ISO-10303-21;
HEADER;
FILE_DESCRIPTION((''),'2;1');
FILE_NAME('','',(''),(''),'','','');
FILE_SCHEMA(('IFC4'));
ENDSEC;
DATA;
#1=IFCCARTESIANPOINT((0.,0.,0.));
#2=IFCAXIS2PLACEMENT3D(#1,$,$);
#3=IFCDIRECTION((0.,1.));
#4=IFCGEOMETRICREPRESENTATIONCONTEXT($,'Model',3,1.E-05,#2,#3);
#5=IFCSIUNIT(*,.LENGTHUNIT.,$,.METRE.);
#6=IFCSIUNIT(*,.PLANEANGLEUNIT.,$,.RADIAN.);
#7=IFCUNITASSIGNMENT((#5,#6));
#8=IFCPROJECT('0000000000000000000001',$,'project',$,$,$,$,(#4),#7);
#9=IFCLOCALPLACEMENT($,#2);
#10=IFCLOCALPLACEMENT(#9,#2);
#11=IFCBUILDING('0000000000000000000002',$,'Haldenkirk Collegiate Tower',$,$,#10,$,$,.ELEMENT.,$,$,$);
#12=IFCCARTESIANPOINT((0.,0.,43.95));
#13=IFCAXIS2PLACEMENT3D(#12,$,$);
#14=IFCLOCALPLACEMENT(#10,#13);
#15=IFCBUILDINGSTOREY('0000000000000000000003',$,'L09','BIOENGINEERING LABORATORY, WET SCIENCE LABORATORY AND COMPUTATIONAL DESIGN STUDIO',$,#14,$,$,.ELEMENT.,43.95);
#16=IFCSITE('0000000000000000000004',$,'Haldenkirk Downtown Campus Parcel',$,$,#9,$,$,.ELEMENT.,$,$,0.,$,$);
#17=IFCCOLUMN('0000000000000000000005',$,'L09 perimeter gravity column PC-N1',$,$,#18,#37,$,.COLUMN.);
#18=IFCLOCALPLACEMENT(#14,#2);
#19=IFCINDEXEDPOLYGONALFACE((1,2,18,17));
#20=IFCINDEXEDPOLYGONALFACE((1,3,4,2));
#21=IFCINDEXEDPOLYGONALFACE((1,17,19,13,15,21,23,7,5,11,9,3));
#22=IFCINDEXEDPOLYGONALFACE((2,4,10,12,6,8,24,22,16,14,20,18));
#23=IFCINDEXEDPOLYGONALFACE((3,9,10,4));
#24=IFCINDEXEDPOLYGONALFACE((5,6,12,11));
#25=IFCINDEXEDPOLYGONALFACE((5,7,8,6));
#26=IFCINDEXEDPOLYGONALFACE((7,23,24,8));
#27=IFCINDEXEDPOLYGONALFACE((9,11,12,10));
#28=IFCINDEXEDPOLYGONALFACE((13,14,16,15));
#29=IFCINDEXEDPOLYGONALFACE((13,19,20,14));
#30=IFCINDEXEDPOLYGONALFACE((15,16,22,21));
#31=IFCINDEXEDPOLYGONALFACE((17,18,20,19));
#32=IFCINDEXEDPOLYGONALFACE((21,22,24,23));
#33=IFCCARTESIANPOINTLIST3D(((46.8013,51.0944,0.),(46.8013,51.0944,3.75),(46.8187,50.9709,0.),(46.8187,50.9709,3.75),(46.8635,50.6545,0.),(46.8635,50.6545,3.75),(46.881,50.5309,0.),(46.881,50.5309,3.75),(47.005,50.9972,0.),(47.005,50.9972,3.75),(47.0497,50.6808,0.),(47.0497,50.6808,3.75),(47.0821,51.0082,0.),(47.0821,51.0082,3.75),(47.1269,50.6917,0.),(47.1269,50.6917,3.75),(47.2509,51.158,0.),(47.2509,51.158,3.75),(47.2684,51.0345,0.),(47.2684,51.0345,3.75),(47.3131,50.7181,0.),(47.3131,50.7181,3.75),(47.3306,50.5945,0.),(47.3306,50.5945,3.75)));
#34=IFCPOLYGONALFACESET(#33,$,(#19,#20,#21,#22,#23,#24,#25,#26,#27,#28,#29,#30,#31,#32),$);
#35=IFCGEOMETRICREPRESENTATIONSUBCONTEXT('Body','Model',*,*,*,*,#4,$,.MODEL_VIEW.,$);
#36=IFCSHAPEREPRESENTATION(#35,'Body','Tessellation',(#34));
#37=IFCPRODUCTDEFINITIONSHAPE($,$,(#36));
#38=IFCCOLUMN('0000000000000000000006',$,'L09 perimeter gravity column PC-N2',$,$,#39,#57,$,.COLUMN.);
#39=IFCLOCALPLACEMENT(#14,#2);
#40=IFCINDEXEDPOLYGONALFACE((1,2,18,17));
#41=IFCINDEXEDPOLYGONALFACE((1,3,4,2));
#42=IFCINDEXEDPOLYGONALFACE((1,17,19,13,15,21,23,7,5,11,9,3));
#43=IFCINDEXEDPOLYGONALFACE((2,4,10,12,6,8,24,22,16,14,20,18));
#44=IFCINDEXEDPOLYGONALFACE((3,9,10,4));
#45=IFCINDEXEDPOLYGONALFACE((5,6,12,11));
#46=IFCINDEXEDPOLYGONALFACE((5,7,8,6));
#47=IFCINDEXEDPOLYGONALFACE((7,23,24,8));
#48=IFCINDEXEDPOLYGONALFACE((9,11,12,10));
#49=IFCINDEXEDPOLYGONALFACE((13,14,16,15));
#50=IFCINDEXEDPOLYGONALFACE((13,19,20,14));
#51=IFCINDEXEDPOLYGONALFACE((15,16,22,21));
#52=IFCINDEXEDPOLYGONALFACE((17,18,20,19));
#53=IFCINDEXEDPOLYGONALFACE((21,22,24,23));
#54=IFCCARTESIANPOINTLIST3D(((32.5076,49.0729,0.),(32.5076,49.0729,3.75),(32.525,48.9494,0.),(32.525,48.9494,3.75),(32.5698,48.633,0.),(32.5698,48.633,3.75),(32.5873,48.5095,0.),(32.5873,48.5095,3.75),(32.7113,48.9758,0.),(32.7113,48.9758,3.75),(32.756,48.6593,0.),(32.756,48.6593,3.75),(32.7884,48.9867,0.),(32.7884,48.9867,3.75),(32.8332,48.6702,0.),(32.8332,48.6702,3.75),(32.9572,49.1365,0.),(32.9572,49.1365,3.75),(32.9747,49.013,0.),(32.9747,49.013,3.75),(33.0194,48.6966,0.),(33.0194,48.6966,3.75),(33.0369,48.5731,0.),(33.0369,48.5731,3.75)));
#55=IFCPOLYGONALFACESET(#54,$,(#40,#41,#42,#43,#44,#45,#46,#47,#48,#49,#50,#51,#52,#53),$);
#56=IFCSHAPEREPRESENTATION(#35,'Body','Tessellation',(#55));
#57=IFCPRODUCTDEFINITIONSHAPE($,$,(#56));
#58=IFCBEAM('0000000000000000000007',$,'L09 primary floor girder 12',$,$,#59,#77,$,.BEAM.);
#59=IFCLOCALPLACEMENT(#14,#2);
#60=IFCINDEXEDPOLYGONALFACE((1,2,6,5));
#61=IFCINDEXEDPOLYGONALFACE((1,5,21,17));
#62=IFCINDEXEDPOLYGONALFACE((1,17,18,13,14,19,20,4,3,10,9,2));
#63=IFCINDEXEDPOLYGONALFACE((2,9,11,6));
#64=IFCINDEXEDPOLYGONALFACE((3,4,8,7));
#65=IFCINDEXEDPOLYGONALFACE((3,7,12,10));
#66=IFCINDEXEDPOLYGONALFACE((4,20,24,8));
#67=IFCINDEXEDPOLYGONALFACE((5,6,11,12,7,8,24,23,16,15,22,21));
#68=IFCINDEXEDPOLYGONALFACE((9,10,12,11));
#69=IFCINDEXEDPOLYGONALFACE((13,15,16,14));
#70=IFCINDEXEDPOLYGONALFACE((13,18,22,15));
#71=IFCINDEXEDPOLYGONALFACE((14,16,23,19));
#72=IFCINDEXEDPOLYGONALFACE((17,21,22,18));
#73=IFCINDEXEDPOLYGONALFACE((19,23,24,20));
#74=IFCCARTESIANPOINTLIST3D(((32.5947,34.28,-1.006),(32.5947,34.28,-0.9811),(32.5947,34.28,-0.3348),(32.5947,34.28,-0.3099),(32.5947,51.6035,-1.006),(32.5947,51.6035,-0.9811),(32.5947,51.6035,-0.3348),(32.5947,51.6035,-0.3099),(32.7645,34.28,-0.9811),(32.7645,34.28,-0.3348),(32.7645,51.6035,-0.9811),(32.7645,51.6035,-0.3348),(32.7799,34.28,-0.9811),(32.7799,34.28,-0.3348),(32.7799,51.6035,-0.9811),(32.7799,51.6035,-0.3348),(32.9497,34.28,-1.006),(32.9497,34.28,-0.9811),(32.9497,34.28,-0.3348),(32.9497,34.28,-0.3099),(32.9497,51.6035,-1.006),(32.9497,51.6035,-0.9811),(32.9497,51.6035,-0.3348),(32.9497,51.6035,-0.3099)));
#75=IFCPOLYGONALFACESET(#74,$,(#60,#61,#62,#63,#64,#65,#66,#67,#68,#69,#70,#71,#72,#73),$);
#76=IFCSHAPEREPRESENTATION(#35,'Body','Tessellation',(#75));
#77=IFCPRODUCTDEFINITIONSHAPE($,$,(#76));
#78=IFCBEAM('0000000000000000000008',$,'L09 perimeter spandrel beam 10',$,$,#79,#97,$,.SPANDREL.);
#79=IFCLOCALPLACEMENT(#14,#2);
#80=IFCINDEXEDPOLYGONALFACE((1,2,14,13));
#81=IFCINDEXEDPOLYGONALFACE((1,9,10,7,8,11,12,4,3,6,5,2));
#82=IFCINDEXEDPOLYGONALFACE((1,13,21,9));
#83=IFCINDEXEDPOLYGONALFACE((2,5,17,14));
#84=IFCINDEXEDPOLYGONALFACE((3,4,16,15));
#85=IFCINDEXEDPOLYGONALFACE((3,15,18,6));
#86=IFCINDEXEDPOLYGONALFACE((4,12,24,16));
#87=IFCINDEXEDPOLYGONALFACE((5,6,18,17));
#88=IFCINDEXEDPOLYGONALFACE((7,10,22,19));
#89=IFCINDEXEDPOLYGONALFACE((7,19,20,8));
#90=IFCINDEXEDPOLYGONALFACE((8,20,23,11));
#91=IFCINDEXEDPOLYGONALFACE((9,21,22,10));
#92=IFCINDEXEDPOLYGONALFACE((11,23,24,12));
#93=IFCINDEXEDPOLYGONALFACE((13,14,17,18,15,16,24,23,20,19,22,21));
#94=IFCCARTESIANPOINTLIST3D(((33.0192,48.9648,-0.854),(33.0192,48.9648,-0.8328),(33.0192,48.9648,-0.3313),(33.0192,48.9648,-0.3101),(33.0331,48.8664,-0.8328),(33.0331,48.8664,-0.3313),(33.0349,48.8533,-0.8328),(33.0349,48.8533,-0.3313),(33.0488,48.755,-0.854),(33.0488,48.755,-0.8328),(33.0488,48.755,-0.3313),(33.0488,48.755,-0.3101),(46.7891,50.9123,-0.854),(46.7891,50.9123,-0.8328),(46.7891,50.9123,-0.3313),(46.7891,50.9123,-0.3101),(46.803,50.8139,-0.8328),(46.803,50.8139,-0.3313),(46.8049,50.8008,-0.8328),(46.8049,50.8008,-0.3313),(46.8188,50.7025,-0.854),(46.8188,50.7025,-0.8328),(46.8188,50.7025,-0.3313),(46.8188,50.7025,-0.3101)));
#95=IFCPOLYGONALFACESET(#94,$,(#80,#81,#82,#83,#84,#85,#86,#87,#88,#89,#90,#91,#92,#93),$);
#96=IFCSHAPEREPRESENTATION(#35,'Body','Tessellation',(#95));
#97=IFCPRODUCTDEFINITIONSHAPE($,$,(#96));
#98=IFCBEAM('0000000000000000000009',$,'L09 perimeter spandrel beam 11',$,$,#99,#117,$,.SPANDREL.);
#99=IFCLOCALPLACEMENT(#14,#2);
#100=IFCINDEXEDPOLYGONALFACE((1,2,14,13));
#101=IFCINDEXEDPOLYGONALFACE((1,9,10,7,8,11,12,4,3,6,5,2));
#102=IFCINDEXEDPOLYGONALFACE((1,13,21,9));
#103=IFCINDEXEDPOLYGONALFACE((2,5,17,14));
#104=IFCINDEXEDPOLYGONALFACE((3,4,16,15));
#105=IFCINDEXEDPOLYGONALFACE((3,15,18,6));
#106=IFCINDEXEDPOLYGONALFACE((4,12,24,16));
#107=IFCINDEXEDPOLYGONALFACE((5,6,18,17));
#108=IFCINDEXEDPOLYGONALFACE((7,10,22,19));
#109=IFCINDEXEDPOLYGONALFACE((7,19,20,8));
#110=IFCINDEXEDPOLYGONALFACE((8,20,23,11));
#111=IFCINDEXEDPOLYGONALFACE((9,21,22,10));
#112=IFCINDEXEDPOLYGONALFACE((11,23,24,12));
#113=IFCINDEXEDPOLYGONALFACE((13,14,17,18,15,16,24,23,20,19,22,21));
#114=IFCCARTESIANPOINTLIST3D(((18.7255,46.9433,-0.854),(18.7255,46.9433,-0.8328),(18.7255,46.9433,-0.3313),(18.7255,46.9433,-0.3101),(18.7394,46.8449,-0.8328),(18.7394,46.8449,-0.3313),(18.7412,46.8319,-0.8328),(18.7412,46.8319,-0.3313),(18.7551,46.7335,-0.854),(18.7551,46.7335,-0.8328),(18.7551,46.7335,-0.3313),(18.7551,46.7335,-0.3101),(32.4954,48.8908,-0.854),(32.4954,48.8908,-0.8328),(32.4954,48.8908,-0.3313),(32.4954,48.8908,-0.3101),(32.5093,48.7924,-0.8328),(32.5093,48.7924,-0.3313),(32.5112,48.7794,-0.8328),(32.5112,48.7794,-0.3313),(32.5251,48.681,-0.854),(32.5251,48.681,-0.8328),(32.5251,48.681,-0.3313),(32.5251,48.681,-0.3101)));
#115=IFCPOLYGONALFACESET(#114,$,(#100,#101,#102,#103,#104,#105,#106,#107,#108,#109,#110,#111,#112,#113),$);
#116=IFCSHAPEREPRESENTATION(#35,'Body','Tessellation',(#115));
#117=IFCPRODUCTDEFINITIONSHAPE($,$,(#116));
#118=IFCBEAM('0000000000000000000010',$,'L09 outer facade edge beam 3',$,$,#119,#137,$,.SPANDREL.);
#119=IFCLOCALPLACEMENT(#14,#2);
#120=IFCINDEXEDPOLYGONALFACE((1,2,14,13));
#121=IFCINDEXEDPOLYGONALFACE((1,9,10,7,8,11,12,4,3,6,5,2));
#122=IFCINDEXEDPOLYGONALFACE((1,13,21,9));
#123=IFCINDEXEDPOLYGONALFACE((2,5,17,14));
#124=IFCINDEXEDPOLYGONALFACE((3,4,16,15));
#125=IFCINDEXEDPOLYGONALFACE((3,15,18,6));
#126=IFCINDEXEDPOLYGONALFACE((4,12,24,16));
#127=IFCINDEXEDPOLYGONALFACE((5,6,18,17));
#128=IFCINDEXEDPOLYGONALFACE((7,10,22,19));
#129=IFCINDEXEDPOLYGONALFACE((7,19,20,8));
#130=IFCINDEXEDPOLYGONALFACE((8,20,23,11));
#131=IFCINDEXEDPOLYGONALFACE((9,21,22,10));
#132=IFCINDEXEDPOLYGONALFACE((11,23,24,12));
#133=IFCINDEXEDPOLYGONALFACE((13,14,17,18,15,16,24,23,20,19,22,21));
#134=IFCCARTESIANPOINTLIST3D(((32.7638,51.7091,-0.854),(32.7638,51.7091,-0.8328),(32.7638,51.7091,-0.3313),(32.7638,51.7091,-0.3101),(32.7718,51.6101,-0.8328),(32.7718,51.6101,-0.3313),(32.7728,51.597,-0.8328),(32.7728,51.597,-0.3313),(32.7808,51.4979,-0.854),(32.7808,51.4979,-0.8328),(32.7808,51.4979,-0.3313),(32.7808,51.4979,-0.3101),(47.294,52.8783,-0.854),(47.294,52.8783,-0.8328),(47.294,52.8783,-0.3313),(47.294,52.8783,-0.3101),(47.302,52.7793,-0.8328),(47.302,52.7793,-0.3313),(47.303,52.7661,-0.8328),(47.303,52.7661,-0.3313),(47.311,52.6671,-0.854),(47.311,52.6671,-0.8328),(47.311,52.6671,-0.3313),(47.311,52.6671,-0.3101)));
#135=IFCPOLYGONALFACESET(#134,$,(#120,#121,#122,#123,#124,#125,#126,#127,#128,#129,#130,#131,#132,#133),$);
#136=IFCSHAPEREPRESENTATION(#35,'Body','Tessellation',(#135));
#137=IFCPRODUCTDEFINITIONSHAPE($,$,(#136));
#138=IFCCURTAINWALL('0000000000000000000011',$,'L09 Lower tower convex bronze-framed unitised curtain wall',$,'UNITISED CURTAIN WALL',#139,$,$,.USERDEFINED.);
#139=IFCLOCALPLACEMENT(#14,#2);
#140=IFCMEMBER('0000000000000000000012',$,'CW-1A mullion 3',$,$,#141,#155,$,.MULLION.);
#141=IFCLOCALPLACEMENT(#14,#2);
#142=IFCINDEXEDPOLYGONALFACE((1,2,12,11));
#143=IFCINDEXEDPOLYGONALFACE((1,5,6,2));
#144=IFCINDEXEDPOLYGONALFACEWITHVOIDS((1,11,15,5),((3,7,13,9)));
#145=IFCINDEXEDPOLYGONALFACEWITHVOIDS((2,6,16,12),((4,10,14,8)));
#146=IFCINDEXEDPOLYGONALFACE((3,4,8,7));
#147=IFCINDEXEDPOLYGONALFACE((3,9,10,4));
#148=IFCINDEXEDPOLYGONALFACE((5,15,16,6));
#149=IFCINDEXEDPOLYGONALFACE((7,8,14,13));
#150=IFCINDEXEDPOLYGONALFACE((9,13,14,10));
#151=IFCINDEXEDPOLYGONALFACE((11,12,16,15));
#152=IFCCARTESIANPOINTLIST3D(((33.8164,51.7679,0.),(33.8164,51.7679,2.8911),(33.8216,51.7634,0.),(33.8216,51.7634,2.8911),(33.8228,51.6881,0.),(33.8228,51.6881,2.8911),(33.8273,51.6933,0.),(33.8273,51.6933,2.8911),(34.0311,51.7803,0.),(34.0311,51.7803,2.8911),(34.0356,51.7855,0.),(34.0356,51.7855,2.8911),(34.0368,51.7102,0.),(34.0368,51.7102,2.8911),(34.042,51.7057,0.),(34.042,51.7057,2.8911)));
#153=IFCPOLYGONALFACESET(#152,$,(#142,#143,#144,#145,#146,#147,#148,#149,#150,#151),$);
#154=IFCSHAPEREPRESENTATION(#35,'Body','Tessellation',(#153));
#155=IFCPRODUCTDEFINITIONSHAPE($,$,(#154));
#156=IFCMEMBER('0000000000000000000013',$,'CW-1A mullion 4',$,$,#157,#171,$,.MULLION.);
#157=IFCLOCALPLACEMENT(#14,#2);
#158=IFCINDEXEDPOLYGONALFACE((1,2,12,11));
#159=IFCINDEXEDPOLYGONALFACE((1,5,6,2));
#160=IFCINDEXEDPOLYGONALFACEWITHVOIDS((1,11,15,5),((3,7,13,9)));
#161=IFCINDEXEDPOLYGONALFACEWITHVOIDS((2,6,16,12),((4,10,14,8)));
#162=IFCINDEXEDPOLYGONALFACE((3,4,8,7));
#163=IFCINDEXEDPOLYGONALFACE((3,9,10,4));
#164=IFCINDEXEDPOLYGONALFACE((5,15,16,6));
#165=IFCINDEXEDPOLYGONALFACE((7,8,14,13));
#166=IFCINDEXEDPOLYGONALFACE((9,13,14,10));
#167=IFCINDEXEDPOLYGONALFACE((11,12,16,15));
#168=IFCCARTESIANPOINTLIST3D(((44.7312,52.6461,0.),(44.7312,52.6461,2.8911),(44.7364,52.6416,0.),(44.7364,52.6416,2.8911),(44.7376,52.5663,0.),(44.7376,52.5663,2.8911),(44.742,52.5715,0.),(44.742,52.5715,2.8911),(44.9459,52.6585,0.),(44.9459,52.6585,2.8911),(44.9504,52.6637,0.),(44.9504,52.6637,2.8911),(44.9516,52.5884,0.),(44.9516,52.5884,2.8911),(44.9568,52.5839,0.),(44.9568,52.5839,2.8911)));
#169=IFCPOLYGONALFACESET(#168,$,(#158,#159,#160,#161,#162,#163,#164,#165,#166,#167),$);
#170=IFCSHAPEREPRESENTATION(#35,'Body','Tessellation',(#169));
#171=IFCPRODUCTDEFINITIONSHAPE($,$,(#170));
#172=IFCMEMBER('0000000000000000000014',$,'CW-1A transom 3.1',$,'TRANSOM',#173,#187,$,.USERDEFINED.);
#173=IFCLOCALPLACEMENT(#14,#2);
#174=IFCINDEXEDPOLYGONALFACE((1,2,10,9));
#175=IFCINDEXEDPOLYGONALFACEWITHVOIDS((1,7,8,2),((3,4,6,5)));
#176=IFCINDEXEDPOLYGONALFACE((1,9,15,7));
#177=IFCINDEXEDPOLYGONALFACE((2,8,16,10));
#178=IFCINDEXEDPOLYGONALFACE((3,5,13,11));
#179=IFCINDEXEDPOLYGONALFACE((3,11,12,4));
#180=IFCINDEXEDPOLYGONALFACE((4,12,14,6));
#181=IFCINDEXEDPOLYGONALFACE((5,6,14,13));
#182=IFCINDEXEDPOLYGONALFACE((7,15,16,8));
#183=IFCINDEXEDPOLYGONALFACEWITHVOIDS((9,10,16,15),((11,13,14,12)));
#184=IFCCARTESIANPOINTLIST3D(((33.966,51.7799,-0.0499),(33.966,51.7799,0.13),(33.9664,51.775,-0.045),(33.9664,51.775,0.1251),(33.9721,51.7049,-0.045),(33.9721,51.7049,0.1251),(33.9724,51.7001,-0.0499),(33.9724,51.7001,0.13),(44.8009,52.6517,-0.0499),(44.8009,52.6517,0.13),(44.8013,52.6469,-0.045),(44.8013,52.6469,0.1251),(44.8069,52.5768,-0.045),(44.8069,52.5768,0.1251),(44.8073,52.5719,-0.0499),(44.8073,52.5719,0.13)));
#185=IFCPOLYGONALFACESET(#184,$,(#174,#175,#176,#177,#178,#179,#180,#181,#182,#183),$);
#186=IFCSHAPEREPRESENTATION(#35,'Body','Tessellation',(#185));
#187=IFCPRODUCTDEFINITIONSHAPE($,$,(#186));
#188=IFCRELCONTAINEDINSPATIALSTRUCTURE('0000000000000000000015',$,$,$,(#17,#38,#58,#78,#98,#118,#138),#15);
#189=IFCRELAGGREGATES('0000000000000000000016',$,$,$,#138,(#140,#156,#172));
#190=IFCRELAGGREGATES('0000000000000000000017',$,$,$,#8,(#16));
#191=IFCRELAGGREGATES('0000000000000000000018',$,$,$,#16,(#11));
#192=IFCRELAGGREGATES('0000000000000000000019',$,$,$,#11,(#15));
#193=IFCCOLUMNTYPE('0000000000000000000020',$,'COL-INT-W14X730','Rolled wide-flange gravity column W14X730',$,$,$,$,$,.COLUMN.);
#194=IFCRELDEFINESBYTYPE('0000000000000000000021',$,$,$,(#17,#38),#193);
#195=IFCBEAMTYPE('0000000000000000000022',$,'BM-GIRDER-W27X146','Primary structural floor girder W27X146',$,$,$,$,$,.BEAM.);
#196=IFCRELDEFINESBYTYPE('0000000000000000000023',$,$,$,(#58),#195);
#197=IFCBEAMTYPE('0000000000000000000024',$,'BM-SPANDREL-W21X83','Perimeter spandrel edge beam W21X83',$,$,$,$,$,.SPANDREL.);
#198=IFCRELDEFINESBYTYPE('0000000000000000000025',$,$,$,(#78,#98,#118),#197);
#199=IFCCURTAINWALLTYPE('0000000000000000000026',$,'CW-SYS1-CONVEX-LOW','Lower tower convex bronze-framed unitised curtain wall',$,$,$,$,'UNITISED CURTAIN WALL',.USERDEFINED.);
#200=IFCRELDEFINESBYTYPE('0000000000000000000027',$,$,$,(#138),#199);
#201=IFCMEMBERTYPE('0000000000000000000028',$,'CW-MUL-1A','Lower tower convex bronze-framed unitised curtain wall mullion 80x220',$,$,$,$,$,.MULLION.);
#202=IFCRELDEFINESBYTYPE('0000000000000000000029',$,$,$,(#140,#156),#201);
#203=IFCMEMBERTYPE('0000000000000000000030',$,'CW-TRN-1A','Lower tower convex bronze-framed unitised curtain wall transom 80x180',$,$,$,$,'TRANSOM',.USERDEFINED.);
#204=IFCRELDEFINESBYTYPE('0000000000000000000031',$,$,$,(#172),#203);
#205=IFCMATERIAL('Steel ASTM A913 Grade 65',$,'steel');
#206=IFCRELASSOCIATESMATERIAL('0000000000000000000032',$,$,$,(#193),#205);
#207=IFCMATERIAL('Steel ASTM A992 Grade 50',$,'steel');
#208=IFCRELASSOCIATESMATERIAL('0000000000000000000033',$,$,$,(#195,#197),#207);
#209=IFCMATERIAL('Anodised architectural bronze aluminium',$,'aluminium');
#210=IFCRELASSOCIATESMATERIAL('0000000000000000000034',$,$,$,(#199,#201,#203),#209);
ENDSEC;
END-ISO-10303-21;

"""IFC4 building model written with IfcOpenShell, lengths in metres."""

from ifc_helpers import new_model, si_unit, direction, frame, origin, origin_2d, place, context, subcontext, project, spatial, hollow_rectangle, i_section, extrude, material, material_profile, profile_set, type_object, element, aggregate, save


model = new_model("IFC4")

# Units and contexts
model_context = context("Model", 3, precision=1e-05, world=origin(), true_north=direction((0.0, 1.0)))
body_context = subcontext(model_context, "Body", "Model", "MODEL_VIEW")
ifc_project = project(units=[si_unit("LENGTHUNIT", "METRE"), si_unit("PLANEANGLEUNIT", "RADIAN")], contexts=[model_context])

# Site, building, storey
site_placement = place(None, origin())
site = spatial("IfcSite", under=ifc_project, at=site_placement, Name="Haldenkirk Downtown Campus Parcel", CompositionType="ELEMENT", RefElevation=0.0)
building_placement = place(site_placement, origin())
building = spatial("IfcBuilding", under=site, at=building_placement, Name="Haldenkirk Collegiate Tower", CompositionType="ELEMENT")
storey_placement = place(building_placement, frame((0.0, 0.0, 43.95)))
storey = spatial("IfcBuildingStorey", under=building, at=storey_placement, Name="L09", Description="BIOENGINEERING LABORATORY, WET SCIENCE LABORATORY AND COMPUTATIONAL DESIGN STUDIO", CompositionType="ELEMENT", Elevation=43.95)

# Columns
ifc_material_1 = material(Name="Steel ASTM A913 Grade 65", Category="steel")
ifc_material_profile_1 = material_profile(ifc_material_1, i_section(OverallWidth=0.4541, OverallDepth=0.5691, WebThickness=0.0779, FlangeThickness=0.1248, at=origin_2d()), Name="W14X730")
ifc_profile_set_1 = profile_set([ifc_material_profile_1], Name="Steel ASTM A913 Grade 65")
column_type = type_object("IfcColumnType", Name="COL-INT-W14X730", Description="Rolled wide-flange gravity column W14X730", PredefinedType="COLUMN", material=ifc_profile_set_1)
for number, where, z_axis, x_axis, name in (
    (1, (47.0659, 50.8445, 0.0), (0.0, 0.0, 1.0), (0.990146, 0.140037, 0.0), "L09 perimeter gravity column PC-N1"),
    (2, (32.7722, 48.823, 0.0), (0.0, 0.0, 1.0), (0.990146, 0.140037, 0.0), "L09 perimeter gravity column PC-N2"),
):
    element("IfcColumn", number, at=place(storey_placement, frame(where, z_axis=z_axis, x_axis=x_axis)), inside=storey, type_object=column_type, Name=name, PredefinedType="COLUMN", context=body_context, shape_type="SweptSolid", body=[
        extrude(i_section(OverallWidth=0.4541, OverallDepth=0.5691, WebThickness=0.0779, FlangeThickness=0.1248, at=origin_2d()), origin(), (0.0, 0.0, 1.0), 3.75),
    ])

# Beams
ifc_material_2 = material(Name="Steel ASTM A992 Grade 50", Category="steel")
ifc_material_profile_2 = material_profile(ifc_material_2, i_section(OverallWidth=0.355, OverallDepth=0.696, WebThickness=0.0154, FlangeThickness=0.0249, at=origin_2d()), Name="W27X146")
ifc_profile_set_2 = profile_set([ifc_material_profile_2], Name="Steel ASTM A992 Grade 50")
beam_type_1 = type_object("IfcBeamType", Name="BM-GIRDER-W27X146", Description="Primary structural floor girder W27X146", PredefinedType="BEAM", material=ifc_profile_set_2)
beam_1_placement = place(storey_placement, frame((32.7722, 51.6035, -0.658), z_axis=(0.0, -1.0, 0.0), x_axis=(1.0, 0.0, 0.0)))
element("IfcBeam", 3, at=beam_1_placement, inside=storey, type_object=beam_type_1, Name="L09 primary floor girder 12", PredefinedType="BEAM", context=body_context, shape_type="SweptSolid", body=[
    extrude(i_section(OverallWidth=0.355, OverallDepth=0.696, WebThickness=0.0154, FlangeThickness=0.0249, at=origin_2d()), origin(), (0.0, 0.0, 1.0), 17.3235),
])
ifc_material_profile_3 = material_profile(ifc_material_2, i_section(OverallWidth=0.2119, OverallDepth=0.5439, WebThickness=0.0132, FlangeThickness=0.0212, at=origin_2d()), Name="W21X83")
ifc_profile_set_3 = profile_set([ifc_material_profile_3], Name="Steel ASTM A992 Grade 50")
beam_type_2 = type_object("IfcBeamType", Name="BM-SPANDREL-W21X83", Description="Perimeter spandrel edge beam W21X83", PredefinedType="SPANDREL", material=ifc_profile_set_3)
for number, where, z_axis, x_axis, name in (
    (4, (46.804, 50.8074, -0.582), (-0.990146, -0.140038, 0.0), (0.140038, -0.990146, 0.0), "L09 perimeter spandrel beam 10"),
    (5, (32.5103, 48.7859, -0.582), (-0.990146, -0.140038, 0.0), (0.140038, -0.990146, 0.0), "L09 perimeter spandrel beam 11"),
):
    element("IfcBeam", number, at=place(storey_placement, frame(where, z_axis=z_axis, x_axis=x_axis)), inside=storey, type_object=beam_type_2, Name=name, PredefinedType="SPANDREL", context=body_context, shape_type="SweptSolid", body=[
        extrude(i_section(OverallWidth=0.2119, OverallDepth=0.5439, WebThickness=0.0132, FlangeThickness=0.0212, at=origin_2d()), origin(), (0.0, 0.0, 1.0), 13.907),
    ])
beam_2_placement = place(storey_placement, frame((47.3025, 52.7727, -0.582), z_axis=(-0.996778, -0.080207, 0.0), x_axis=(0.080207, -0.996778, 0.0)))
element("IfcBeam", 6, at=beam_2_placement, inside=storey, type_object=beam_type_2, Name="L09 outer facade edge beam 3", PredefinedType="SPANDREL", context=body_context, shape_type="SweptSolid", body=[
    extrude(i_section(OverallWidth=0.2119, OverallDepth=0.5439, WebThickness=0.0132, FlangeThickness=0.0212, at=origin_2d()), origin(), (0.0, 0.0, 1.0), 14.5771),
])

# Curtain wall, members
ifc_material_3 = material(Name="Anodised architectural bronze aluminium", Category="aluminium")
curtain_wall_type = type_object("IfcCurtainWallType", Name="CW-SYS1-CONVEX-LOW", Description="Lower tower convex bronze-framed unitised curtain wall", ElementType="UNITISED CURTAIN WALL", PredefinedType="USERDEFINED", material=ifc_material_3)
curtain_wall_placement = place(storey_placement, origin())
curtain_wall = element("IfcCurtainWall", 7, at=curtain_wall_placement, inside=storey, type_object=curtain_wall_type, Name="L09 Lower tower convex bronze-framed unitised curtain wall", ObjectType="UNITISED CURTAIN WALL", PredefinedType="USERDEFINED")
ifc_material_profile_4 = material_profile(ifc_material_3, hollow_rectangle(XDim=0.0801, YDim=0.22, WallThickness=0.0049, at=origin_2d()), Name="CW-MUL-1A")
ifc_profile_set_4 = profile_set([ifc_material_profile_4], Name="Anodised architectural bronze aluminium")
member_type_1 = type_object("IfcMemberType", Name="CW-MUL-1A", Description="Lower tower convex bronze-framed unitised curtain wall mullion 80x220", PredefinedType="MULLION", material=ifc_profile_set_4)
member_1_placement = place(storey_placement, frame((33.9292, 51.7368, 0.0), z_axis=(0.0, 0.0, 1.0), x_axis=(-0.080199, 0.996779, 0.0)))
member_1 = element("IfcMember", 8, at=member_1_placement, type_object=member_type_1, Name="CW-1A mullion 3", PredefinedType="MULLION", context=body_context, shape_type="SweptSolid", body=[
    extrude(hollow_rectangle(XDim=0.0801, YDim=0.22, WallThickness=0.0049, at=origin_2d()), origin(), (0.0, 0.0, 1.0), 2.8911),
])
member_2_placement = place(storey_placement, frame((44.844, 52.615, 0.0), z_axis=(0.0, 0.0, 1.0), x_axis=(-0.080199, 0.996779, 0.0)))
member_2 = element("IfcMember", 9, at=member_2_placement, type_object=member_type_1, Name="CW-1A mullion 4", PredefinedType="MULLION", context=body_context, shape_type="SweptSolid", body=[
    extrude(hollow_rectangle(XDim=0.0801, YDim=0.22, WallThickness=0.0049, at=origin_2d()), origin(), (0.0, 0.0, 1.0), 2.8911),
])
ifc_material_profile_5 = material_profile(ifc_material_3, hollow_rectangle(XDim=0.0801, YDim=0.1799, WallThickness=0.0049, at=origin_2d()), Name="CW-TRN-1A")
ifc_profile_set_5 = profile_set([ifc_material_profile_5], Name="Anodised architectural bronze aluminium")
member_type_2 = type_object("IfcMemberType", Name="CW-TRN-1A", Description="Lower tower convex bronze-framed unitised curtain wall transom 80x180", ElementType="TRANSOM", PredefinedType="USERDEFINED", material=ifc_profile_set_5)
member_3_placement = place(storey_placement, frame((33.9692, 51.74, 0.04), z_axis=(0.996778, 0.080205, 0.0), x_axis=(-0.080205, 0.996778, 0.0)))
member_3 = element("IfcMember", 10, at=member_3_placement, type_object=member_type_2, Name="CW-1A transom 3.1", ObjectType="TRANSOM", PredefinedType="USERDEFINED", context=body_context, shape_type="SweptSolid", body=[
    extrude(hollow_rectangle(XDim=0.0801, YDim=0.1799, WallThickness=0.0049, at=origin_2d()), origin(), (0.0, 0.0, 1.0), 10.8699),
])
aggregate(curtain_wall, [member_1, member_2, member_3])

save(model, "model.ifc")
